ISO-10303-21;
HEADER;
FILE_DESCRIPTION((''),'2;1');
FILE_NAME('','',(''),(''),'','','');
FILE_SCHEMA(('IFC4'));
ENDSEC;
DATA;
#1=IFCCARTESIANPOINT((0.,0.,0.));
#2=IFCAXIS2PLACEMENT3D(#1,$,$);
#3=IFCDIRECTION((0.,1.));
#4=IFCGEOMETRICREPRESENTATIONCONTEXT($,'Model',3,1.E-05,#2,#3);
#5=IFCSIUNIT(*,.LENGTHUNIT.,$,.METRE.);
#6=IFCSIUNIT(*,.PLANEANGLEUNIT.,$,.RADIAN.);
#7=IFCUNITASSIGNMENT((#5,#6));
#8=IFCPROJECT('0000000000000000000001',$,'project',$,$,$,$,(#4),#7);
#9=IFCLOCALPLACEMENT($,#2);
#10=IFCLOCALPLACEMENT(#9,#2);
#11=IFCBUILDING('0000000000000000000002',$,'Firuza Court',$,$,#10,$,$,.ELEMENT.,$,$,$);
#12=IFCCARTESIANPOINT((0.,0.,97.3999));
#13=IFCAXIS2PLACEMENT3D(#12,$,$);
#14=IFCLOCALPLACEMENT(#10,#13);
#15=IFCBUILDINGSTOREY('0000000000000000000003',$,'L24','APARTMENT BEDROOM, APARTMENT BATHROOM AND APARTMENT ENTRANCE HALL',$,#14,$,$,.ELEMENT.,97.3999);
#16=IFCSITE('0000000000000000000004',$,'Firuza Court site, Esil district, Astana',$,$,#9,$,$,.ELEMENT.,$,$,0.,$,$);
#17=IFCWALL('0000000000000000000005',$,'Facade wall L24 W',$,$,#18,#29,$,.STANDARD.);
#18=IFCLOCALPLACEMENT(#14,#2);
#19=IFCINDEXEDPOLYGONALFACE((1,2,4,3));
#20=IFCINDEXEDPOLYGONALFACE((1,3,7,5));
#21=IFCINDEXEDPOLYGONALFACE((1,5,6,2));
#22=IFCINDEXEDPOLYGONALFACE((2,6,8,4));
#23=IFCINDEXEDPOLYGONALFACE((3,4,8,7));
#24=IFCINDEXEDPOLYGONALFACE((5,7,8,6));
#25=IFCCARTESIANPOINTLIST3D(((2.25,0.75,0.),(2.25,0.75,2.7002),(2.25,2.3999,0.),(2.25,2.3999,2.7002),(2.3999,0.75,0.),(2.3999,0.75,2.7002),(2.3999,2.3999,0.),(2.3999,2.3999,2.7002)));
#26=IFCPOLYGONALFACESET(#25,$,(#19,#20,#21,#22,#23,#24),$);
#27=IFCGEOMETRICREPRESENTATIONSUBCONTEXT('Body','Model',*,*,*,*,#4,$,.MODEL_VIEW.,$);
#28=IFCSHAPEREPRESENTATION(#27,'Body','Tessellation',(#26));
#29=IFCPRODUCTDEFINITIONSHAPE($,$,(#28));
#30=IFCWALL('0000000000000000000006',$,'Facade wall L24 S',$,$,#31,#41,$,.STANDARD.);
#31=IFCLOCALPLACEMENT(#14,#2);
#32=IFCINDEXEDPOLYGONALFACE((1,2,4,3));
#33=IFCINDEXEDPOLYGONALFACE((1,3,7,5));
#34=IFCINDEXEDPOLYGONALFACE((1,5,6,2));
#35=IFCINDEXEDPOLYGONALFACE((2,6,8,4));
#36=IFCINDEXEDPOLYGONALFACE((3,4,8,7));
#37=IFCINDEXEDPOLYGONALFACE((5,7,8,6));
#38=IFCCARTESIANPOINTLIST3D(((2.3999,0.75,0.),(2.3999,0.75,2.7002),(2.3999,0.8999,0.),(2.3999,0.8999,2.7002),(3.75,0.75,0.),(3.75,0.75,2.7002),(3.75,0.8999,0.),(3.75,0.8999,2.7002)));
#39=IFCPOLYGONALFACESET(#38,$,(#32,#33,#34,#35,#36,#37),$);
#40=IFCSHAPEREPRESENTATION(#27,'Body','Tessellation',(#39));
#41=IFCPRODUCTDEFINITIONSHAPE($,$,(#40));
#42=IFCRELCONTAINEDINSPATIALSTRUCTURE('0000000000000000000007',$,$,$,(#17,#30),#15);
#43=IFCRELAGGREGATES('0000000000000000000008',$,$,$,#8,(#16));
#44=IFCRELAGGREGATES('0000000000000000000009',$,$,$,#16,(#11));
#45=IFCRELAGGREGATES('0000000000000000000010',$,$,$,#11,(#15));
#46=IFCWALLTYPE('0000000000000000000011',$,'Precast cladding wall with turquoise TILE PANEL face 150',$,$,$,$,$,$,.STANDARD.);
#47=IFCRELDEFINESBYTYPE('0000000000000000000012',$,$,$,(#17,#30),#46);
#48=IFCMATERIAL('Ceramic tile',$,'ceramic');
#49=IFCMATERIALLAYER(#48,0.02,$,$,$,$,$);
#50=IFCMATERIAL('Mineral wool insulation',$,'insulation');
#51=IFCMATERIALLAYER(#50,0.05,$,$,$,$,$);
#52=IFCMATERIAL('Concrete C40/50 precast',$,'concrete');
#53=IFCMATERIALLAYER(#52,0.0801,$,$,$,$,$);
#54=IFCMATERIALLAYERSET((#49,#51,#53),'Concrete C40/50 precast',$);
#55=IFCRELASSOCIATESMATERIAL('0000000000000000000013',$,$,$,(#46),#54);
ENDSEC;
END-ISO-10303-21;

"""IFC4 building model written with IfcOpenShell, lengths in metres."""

from ifc_helpers import new_model, si_unit, direction, frame, frame_2d, origin, place, context, subcontext, project, spatial, rectangle, extrude, material, layer, layer_set, type_object, element, save


model = new_model("IFC4")

# Units and contexts
model_context = context("Model", 3, precision=1e-05, world=origin(), true_north=direction((0.0, 1.0)))
body_context = subcontext(model_context, "Body", "Model", "MODEL_VIEW")
ifc_project = project(units=[si_unit("LENGTHUNIT", "METRE"), si_unit("PLANEANGLEUNIT", "RADIAN")], contexts=[model_context])

# Site, building, storey
site_placement = place(None, origin())
site = spatial("IfcSite", under=ifc_project, at=site_placement, Name="Firuza Court site, Esil district, Astana", CompositionType="ELEMENT", RefElevation=0.0)
building_placement = place(site_placement, origin())
building = spatial("IfcBuilding", under=site, at=building_placement, Name="Firuza Court", CompositionType="ELEMENT")
storey_placement = place(building_placement, frame((0.0, 0.0, 97.3999)))
storey = spatial("IfcBuildingStorey", under=building, at=storey_placement, Name="L24", Description="APARTMENT BEDROOM, APARTMENT BATHROOM AND APARTMENT ENTRANCE HALL", CompositionType="ELEMENT", Elevation=97.3999)

# Shared definitions
ifc_material_1 = material(Name="Concrete C40/50 precast", Category="concrete")

# Walls
ifc_material_2 = material(Name="Ceramic tile", Category="ceramic")
ifc_layer_1 = layer(ifc_material_2, 0.02)
ifc_material_3 = material(Name="Mineral wool insulation", Category="insulation")
ifc_layer_2 = layer(ifc_material_3, 0.05)
ifc_layer_3 = layer(ifc_material_1, 0.0801)
ifc_layer_set_1 = layer_set([ifc_layer_1, ifc_layer_2, ifc_layer_3], Name="Concrete C40/50 precast")
wall_type_1 = type_object("IfcWallType", Name="Precast cladding wall with turquoise TILE PANEL face 150", PredefinedType="STANDARD", material=ifc_layer_set_1)
wall_1_placement = place(storey_placement, frame((2.325, 2.3999, 0.0), z_axis=(0.0, 0.0, 1.0), x_axis=(0.0, -1.0, 0.0)))
element("IfcWall", 1, at=wall_1_placement, inside=storey, type_object=wall_type_1, Name="Facade wall L24 W", PredefinedType="STANDARD", context=body_context, shape_type="SweptSolid", body=[
    extrude(rectangle(XDim=1.6499, YDim=0.1499, at=frame_2d((0.825, 0.0))), origin(), (0.0, 0.0, 1.0), 2.7002),
])
wall_2_placement = place(storey_placement, frame((2.3999, 0.825, 0.0), z_axis=(0.0, 0.0, 1.0), x_axis=(1.0, 0.0, 0.0)))
element("IfcWall", 2, at=wall_2_placement, inside=storey, type_object=wall_type_1, Name="Facade wall L24 S", PredefinedType="STANDARD", context=body_context, shape_type="SweptSolid", body=[
    extrude(rectangle(XDim=1.3501, YDim=0.1499, at=frame_2d((0.675, 0.0))), origin(), (0.0, 0.0, 1.0), 2.7002),
])

save(model, "model.ifc")
